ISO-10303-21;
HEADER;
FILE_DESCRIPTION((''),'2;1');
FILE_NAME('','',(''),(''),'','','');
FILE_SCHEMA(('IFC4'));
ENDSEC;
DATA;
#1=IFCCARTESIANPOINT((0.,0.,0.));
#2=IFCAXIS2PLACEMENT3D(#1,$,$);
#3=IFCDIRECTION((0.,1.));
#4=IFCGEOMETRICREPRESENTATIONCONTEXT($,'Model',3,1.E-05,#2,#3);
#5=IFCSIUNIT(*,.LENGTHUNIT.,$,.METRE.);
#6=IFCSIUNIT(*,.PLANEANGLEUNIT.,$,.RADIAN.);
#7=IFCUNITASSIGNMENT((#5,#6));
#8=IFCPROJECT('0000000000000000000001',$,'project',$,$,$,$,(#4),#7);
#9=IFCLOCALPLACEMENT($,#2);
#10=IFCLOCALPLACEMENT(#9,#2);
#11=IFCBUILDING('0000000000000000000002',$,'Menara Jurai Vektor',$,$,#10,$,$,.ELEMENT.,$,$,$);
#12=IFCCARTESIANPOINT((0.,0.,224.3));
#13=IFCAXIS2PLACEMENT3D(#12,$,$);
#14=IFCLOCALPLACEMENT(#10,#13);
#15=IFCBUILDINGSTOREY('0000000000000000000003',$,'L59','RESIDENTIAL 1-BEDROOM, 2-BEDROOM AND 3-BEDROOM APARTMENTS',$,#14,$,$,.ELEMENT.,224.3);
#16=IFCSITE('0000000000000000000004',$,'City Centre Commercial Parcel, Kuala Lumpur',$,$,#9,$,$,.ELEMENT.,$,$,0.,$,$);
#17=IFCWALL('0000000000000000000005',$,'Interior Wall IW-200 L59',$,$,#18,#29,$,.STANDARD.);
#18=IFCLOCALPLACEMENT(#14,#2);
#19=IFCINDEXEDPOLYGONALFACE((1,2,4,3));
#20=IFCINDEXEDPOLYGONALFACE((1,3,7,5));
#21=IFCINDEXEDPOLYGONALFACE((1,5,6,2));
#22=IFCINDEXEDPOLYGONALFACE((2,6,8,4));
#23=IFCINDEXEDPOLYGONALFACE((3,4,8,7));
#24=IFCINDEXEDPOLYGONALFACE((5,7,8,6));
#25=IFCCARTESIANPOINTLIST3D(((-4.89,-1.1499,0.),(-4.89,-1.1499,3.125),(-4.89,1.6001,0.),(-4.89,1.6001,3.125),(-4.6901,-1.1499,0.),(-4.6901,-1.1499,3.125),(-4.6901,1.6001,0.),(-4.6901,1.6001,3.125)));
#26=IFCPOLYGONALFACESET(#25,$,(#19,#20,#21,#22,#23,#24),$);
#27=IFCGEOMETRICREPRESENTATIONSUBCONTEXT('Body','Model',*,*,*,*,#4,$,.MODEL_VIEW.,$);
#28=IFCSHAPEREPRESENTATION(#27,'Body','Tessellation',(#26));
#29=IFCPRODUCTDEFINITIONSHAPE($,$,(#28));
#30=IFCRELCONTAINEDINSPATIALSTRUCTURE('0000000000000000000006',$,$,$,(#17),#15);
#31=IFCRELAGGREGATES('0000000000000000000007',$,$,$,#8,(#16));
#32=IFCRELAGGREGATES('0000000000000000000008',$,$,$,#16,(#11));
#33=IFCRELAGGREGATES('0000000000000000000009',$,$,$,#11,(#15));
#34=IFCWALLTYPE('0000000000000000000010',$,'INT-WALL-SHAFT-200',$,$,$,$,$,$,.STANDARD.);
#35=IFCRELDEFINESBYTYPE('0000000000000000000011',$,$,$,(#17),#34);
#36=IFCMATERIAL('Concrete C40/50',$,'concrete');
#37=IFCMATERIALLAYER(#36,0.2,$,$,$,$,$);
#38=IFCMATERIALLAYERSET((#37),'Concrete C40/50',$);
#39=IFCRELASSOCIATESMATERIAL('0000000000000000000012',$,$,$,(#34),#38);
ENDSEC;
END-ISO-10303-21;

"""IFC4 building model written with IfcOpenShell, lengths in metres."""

from ifc_helpers import new_model, si_unit, direction, frame, frame_2d, origin, place, context, subcontext, project, spatial, rectangle, extrude, material, layer, layer_set, type_object, element, save


model = new_model("IFC4")

# Units and contexts
model_context = context("Model", 3, precision=1e-05, world=origin(), true_north=direction((0.0, 1.0)))
body_context = subcontext(model_context, "Body", "Model", "MODEL_VIEW")
ifc_project = project(units=[si_unit("LENGTHUNIT", "METRE"), si_unit("PLANEANGLEUNIT", "RADIAN")], contexts=[model_context])

# Site, building, storey
site_placement = place(None, origin())
site = spatial("IfcSite", under=ifc_project, at=site_placement, Name="City Centre Commercial Parcel, Kuala Lumpur", CompositionType="ELEMENT", RefElevation=0.0)
building_placement = place(site_placement, origin())
building = spatial("IfcBuilding", under=site, at=building_placement, Name="Menara Jurai Vektor", CompositionType="ELEMENT")
storey_placement = place(building_placement, frame((0.0, 0.0, 224.3)))
storey = spatial("IfcBuildingStorey", under=building, at=storey_placement, Name="L59", Description="RESIDENTIAL 1-BEDROOM, 2-BEDROOM AND 3-BEDROOM APARTMENTS", CompositionType="ELEMENT", Elevation=224.3)

# Shared definitions
ifc_material_1 = material(Name="Concrete C40/50", Category="concrete")

# Shared definitions
ifc_layer_1 = layer(ifc_material_1, 0.2)
ifc_layer_set_1 = layer_set([ifc_layer_1], Name="Concrete C40/50")
wall_type_1 = type_object("IfcWallType", Name="INT-WALL-SHAFT-200", PredefinedType="STANDARD", material=ifc_layer_set_1)

# Wall
wall_1_placement = place(storey_placement, frame((-4.79, -1.1499, 0.0), z_axis=(0.0, 0.0, 1.0), x_axis=(0.0, 1.0, 0.0)))
element("IfcWall", 1, at=wall_1_placement, inside=storey, type_object=wall_type_1, Name="Interior Wall IW-200 L59", PredefinedType="STANDARD", context=body_context, shape_type="SweptSolid", body=[
    extrude(rectangle(XDim=2.75, YDim=0.2, at=frame_2d((1.375, 0.0))), origin(), (0.0, 0.0, 1.0), 3.125),
])

save(model, "model.ifc")
